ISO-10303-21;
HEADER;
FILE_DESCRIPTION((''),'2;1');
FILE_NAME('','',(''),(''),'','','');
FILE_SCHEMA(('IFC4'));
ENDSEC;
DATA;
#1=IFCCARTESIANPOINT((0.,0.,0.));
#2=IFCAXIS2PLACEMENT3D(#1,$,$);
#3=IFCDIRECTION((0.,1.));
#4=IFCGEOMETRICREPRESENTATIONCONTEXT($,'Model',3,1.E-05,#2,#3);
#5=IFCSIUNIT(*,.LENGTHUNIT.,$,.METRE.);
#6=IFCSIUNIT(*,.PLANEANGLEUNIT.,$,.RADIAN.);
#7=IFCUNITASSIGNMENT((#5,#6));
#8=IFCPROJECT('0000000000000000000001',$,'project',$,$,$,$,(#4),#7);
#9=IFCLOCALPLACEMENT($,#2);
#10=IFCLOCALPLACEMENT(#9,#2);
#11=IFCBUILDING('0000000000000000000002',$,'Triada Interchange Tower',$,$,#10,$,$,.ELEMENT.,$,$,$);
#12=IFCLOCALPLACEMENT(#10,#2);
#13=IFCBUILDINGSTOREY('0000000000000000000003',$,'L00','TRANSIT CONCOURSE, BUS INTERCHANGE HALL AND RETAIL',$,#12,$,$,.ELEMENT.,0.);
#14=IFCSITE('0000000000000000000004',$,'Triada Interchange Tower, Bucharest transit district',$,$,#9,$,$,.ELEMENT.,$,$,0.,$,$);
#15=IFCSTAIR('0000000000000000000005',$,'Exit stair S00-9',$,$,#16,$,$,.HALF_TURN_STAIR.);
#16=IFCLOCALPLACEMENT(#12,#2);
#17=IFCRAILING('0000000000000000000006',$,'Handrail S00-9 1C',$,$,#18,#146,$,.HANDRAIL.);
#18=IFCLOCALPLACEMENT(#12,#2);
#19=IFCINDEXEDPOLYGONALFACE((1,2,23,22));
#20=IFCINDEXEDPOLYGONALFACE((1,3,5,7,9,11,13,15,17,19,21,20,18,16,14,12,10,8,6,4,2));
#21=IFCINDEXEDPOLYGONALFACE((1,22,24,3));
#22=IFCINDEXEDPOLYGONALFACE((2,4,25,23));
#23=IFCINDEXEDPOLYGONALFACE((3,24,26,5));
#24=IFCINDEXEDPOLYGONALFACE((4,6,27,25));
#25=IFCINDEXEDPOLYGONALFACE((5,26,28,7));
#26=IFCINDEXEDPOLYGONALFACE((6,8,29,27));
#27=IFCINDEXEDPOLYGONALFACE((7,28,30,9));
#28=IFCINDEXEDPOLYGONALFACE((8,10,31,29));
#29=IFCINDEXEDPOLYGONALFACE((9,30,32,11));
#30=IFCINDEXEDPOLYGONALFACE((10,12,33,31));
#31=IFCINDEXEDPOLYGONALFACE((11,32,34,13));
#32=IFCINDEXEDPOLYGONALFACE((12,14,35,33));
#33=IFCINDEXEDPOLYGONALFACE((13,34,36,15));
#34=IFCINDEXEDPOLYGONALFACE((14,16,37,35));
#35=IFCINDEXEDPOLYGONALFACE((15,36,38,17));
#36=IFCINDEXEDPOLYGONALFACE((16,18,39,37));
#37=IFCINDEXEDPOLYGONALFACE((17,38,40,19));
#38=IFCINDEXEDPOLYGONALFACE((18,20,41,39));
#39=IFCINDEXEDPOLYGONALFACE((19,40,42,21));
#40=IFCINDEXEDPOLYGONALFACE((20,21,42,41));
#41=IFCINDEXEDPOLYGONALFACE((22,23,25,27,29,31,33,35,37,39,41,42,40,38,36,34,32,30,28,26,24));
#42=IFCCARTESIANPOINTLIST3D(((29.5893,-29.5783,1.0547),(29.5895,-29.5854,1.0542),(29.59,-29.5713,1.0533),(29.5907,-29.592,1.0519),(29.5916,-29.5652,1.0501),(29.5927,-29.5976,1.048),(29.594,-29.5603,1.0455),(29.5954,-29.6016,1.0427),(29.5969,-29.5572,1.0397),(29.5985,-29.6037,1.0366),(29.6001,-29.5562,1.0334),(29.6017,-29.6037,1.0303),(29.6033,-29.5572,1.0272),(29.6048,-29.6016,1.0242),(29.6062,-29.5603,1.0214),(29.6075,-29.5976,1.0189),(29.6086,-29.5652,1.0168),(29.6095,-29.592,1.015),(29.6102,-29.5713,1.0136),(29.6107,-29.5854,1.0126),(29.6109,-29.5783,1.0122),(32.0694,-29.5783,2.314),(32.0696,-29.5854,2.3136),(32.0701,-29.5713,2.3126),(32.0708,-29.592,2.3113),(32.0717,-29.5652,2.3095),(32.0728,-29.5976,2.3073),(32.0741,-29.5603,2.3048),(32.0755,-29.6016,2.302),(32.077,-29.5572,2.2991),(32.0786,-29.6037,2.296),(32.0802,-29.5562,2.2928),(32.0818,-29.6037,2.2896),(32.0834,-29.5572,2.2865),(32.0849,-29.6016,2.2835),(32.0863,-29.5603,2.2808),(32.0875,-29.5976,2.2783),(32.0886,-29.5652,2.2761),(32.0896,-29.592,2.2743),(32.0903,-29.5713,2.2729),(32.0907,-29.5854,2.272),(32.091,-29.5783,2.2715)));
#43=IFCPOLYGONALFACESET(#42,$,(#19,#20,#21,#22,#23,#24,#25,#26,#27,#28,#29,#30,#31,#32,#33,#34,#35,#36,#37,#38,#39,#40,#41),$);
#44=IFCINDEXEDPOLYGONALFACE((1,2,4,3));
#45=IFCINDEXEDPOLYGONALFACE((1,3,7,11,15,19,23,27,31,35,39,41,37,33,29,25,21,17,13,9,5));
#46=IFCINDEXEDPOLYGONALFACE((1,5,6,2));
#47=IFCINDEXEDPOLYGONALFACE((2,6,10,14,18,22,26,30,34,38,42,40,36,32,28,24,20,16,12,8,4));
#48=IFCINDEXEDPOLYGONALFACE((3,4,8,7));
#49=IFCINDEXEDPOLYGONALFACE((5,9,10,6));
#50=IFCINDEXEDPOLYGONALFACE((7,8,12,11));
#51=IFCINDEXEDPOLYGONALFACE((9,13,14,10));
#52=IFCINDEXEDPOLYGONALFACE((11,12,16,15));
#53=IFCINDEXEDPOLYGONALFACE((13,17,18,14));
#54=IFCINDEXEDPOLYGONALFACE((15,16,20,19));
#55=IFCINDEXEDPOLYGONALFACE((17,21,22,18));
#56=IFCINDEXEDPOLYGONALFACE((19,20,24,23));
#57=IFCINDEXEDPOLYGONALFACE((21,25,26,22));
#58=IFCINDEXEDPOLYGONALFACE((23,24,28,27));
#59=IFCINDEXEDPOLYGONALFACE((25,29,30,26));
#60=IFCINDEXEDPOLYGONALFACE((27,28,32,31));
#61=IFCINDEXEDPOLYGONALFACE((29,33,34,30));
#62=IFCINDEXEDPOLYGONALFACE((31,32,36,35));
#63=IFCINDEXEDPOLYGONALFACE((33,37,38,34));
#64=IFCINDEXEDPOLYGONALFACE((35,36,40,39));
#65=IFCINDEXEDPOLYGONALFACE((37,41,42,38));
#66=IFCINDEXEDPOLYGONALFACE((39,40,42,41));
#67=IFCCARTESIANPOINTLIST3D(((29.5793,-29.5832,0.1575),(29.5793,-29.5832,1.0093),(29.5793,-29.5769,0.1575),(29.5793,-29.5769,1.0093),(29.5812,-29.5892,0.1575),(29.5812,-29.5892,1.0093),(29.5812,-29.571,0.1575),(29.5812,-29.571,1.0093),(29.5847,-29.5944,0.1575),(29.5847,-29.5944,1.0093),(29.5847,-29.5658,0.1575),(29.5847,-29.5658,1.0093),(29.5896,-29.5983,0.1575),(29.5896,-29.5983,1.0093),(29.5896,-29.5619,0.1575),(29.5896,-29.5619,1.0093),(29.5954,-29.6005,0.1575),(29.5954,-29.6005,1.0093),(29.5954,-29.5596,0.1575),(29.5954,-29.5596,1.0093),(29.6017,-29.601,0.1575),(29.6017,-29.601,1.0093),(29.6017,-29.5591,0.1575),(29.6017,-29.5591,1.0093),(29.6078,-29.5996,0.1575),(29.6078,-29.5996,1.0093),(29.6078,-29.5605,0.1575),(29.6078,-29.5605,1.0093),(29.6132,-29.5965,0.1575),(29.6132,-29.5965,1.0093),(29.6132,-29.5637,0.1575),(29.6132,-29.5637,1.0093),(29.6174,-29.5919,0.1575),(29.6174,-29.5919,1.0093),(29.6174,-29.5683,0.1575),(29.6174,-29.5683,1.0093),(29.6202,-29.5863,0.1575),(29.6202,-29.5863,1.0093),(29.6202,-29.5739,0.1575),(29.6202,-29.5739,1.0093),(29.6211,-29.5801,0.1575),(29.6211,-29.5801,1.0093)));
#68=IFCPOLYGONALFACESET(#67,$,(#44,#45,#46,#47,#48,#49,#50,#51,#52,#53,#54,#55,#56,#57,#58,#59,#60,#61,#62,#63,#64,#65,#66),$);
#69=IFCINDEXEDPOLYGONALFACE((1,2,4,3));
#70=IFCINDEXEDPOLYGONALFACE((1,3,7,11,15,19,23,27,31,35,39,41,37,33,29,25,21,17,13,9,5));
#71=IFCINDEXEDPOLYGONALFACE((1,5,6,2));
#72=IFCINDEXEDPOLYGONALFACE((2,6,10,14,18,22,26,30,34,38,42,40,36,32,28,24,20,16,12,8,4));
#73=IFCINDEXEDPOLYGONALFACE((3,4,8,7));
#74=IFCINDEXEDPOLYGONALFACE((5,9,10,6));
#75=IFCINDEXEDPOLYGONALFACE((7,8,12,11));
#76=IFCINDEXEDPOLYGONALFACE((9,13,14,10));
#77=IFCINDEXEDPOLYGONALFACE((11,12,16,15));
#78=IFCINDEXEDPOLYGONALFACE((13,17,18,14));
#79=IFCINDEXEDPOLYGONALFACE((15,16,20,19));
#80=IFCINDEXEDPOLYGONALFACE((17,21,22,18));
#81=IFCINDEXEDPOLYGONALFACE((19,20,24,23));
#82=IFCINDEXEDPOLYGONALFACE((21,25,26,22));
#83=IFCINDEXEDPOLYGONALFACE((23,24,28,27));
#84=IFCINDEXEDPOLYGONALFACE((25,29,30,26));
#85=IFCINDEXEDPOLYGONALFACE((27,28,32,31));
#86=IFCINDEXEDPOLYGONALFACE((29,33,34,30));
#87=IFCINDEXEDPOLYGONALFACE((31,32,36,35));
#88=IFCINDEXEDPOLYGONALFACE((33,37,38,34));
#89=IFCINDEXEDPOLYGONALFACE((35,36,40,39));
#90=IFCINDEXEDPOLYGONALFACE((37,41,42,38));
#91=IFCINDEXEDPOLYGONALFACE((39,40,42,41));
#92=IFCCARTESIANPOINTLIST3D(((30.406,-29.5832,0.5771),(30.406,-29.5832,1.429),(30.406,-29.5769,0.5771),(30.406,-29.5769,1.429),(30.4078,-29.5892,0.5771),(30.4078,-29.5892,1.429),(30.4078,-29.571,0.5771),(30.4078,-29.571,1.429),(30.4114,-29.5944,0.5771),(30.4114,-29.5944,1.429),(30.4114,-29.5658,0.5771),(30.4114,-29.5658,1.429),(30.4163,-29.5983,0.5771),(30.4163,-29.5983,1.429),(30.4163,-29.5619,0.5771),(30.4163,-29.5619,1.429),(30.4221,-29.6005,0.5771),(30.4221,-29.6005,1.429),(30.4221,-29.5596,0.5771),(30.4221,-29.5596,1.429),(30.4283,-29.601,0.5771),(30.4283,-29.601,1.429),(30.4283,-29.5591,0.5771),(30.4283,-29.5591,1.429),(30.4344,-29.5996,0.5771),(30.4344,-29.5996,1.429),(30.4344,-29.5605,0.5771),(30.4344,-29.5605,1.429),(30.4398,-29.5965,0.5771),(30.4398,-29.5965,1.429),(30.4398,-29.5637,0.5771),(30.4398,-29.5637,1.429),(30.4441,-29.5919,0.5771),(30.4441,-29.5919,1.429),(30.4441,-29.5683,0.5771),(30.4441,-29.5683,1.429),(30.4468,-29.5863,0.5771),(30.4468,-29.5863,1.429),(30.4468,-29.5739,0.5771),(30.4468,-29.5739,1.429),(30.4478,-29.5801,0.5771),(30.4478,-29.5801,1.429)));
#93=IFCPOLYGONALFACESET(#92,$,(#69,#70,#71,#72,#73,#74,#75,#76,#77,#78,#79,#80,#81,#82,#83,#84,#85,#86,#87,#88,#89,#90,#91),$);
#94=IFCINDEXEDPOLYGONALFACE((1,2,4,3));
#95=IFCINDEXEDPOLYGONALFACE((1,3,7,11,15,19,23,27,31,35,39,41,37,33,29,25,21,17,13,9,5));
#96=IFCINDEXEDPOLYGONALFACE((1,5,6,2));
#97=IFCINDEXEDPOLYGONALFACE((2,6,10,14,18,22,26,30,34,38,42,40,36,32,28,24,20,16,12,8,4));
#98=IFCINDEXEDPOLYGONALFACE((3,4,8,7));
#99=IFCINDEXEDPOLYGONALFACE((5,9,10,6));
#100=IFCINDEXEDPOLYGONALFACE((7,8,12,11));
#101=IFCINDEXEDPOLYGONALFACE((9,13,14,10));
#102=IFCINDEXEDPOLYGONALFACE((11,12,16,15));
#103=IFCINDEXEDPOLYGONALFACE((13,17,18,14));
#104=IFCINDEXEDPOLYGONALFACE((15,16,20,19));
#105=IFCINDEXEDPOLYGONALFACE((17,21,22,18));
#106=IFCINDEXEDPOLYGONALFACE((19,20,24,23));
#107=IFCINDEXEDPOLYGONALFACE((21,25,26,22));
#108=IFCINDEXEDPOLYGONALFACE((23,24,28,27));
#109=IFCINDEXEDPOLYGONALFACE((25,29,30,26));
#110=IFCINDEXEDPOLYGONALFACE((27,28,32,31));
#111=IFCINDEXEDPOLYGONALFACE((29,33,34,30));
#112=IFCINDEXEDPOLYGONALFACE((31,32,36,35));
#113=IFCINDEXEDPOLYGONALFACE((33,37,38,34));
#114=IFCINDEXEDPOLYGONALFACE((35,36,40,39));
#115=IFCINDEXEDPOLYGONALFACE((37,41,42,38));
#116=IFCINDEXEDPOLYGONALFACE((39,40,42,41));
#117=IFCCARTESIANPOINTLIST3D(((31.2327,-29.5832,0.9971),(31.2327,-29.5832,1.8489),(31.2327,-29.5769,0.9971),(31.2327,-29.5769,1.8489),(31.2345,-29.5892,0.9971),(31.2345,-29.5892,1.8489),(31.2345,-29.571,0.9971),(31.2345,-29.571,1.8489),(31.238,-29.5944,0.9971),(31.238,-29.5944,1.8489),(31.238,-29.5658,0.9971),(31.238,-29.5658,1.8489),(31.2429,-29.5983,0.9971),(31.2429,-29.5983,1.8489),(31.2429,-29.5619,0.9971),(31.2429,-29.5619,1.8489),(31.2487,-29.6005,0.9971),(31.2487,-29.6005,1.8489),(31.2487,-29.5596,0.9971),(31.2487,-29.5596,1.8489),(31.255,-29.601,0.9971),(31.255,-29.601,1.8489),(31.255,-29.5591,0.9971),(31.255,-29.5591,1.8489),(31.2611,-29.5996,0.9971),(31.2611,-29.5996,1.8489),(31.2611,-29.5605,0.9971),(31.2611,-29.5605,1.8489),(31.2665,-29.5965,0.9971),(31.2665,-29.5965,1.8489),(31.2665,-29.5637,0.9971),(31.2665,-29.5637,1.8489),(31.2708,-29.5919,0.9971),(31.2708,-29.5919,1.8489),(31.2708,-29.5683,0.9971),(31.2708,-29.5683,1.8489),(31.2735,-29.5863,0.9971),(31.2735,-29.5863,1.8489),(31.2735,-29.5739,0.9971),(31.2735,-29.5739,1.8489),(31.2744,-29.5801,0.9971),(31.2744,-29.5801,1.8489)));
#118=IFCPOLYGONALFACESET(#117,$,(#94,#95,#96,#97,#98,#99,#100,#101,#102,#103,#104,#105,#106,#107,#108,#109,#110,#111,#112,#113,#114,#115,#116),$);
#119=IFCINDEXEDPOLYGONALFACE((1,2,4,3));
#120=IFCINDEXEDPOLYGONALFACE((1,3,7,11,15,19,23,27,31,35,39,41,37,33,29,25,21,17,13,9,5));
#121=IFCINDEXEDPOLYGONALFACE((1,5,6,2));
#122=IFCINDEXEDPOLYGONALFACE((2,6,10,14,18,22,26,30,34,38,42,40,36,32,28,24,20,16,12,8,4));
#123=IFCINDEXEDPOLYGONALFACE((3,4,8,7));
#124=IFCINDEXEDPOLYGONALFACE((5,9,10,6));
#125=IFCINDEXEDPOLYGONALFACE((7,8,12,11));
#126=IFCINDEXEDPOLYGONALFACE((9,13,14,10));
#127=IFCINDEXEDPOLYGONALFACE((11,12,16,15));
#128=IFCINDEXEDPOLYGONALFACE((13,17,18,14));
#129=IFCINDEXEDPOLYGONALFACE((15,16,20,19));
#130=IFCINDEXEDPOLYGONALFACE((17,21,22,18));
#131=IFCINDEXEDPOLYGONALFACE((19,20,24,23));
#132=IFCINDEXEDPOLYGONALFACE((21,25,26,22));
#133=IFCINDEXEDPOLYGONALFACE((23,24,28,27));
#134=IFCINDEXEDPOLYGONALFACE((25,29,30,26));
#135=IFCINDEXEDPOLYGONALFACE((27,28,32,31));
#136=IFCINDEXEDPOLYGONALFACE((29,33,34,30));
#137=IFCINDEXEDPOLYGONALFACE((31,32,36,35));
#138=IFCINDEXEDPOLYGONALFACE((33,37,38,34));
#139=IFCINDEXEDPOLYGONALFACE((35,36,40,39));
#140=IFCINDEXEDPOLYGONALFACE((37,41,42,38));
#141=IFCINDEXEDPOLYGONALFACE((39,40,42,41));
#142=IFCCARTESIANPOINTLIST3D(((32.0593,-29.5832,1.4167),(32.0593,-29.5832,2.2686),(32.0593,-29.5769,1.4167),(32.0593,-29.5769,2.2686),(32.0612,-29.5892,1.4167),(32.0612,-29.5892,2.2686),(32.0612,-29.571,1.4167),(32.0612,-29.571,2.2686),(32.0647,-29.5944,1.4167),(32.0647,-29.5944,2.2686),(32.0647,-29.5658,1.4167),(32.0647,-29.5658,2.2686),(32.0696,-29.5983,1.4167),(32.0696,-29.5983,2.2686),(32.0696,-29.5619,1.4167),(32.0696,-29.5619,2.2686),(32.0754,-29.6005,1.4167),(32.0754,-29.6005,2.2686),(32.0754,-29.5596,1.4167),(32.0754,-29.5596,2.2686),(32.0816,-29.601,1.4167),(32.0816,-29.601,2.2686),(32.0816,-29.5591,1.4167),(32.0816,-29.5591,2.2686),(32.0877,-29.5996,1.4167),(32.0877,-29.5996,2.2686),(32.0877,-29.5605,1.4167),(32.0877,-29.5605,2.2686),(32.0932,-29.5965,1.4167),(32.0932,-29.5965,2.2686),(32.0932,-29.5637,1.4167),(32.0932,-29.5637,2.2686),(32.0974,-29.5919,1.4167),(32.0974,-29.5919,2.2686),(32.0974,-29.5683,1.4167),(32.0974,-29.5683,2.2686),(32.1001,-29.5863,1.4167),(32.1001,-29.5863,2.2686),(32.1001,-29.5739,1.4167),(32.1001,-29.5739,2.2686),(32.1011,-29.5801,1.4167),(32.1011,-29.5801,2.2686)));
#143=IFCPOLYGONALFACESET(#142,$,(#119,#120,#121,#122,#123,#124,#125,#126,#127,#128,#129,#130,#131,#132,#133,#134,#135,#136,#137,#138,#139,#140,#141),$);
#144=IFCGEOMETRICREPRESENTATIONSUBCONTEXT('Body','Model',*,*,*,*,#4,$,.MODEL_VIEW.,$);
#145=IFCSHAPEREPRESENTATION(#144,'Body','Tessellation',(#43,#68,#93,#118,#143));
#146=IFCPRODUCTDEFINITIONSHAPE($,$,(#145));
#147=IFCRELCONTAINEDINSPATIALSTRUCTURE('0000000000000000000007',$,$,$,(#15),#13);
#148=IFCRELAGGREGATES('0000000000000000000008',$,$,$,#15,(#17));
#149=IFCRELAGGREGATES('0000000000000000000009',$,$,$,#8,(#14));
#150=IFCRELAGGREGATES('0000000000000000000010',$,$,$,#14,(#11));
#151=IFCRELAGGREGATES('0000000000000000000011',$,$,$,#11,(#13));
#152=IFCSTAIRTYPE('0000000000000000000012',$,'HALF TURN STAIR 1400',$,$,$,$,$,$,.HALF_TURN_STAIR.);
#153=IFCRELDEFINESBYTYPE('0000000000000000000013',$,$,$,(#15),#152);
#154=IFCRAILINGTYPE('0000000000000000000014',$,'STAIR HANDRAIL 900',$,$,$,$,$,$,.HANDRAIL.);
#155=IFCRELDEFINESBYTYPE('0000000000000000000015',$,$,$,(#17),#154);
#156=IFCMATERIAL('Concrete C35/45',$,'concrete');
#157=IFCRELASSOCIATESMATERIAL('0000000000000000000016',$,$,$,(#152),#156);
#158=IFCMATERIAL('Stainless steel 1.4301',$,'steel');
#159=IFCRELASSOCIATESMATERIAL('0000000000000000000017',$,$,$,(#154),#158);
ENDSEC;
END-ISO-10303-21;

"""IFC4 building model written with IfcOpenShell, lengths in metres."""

from ifc_helpers import new_model, si_unit, direction, frame, origin, origin_2d, place, context, subcontext, project, spatial, circle, extrude, material, type_object, element, aggregate, save


model = new_model("IFC4")

# Units and contexts
model_context = context("Model", 3, precision=1e-05, world=origin(), true_north=direction((0.0, 1.0)))
body_context = subcontext(model_context, "Body", "Model", "MODEL_VIEW")
ifc_project = project(units=[si_unit("LENGTHUNIT", "METRE"), si_unit("PLANEANGLEUNIT", "RADIAN")], contexts=[model_context])

# Site, building, storey
site_placement = place(None, origin())
site = spatial("IfcSite", under=ifc_project, at=site_placement, Name="Triada Interchange Tower, Bucharest transit district", CompositionType="ELEMENT", RefElevation=0.0)
building_placement = place(site_placement, origin())
building = spatial("IfcBuilding", under=site, at=building_placement, Name="Triada Interchange Tower", CompositionType="ELEMENT")
storey_placement = place(building_placement, origin())
storey = spatial("IfcBuildingStorey", under=building, at=storey_placement, Name="L00", Description="TRANSIT CONCOURSE, BUS INTERCHANGE HALL AND RETAIL", CompositionType="ELEMENT", Elevation=0.0)

# Stair, railing
ifc_material_1 = material(Name="Concrete C35/45", Category="concrete")
stair_type = type_object("IfcStairType", Name="HALF TURN STAIR 1400", PredefinedType="HALF_TURN_STAIR", material=ifc_material_1)
stair_placement = place(storey_placement, origin())
stair = element("IfcStair", 1, at=stair_placement, inside=storey, type_object=stair_type, Name="Exit stair S00-9", PredefinedType="HALF_TURN_STAIR")
ifc_material_2 = material(Name="Stainless steel 1.4301", Category="steel")
railing_type = type_object("IfcRailingType", Name="STAIR HANDRAIL 900", PredefinedType="HANDRAIL", material=ifc_material_2)
railing_1_placement = place(storey_placement, frame((29.6001, -29.5801, 0.1575)))
railing_1 = element("IfcRailing", 2, at=railing_1_placement, type_object=railing_type, Name="Handrail S00-9 1C", PredefinedType="HANDRAIL", context=body_context, shape_type="SweptSolid", body=[
    extrude(circle(Radius=0.0239, at=origin_2d()), frame((0.0, 0.0, 0.876), z_axis=(0.891636, 0.0, 0.452752), x_axis=(0.0, 1.0, 0.0)), (0.0, 0.0, 1.0), 2.7815),
    extrude(circle(Radius=0.021, at=origin_2d()), origin(), (0.0, 0.0, 1.0), 0.8518),
    extrude(circle(Radius=0.021, at=origin_2d()), frame((0.8267, 0.0, 0.4197)), (0.0, 0.0, 1.0), 0.8518),
    extrude(circle(Radius=0.021, at=origin_2d()), frame((1.6533, 0.0, 0.8396)), (0.0, 0.0, 1.0), 0.8518),
    extrude(circle(Radius=0.021, at=origin_2d()), frame((2.48, 0.0, 1.2593)), (0.0, 0.0, 1.0), 0.8518),
])
aggregate(stair, [railing_1])

save(model, "model.ifc")
